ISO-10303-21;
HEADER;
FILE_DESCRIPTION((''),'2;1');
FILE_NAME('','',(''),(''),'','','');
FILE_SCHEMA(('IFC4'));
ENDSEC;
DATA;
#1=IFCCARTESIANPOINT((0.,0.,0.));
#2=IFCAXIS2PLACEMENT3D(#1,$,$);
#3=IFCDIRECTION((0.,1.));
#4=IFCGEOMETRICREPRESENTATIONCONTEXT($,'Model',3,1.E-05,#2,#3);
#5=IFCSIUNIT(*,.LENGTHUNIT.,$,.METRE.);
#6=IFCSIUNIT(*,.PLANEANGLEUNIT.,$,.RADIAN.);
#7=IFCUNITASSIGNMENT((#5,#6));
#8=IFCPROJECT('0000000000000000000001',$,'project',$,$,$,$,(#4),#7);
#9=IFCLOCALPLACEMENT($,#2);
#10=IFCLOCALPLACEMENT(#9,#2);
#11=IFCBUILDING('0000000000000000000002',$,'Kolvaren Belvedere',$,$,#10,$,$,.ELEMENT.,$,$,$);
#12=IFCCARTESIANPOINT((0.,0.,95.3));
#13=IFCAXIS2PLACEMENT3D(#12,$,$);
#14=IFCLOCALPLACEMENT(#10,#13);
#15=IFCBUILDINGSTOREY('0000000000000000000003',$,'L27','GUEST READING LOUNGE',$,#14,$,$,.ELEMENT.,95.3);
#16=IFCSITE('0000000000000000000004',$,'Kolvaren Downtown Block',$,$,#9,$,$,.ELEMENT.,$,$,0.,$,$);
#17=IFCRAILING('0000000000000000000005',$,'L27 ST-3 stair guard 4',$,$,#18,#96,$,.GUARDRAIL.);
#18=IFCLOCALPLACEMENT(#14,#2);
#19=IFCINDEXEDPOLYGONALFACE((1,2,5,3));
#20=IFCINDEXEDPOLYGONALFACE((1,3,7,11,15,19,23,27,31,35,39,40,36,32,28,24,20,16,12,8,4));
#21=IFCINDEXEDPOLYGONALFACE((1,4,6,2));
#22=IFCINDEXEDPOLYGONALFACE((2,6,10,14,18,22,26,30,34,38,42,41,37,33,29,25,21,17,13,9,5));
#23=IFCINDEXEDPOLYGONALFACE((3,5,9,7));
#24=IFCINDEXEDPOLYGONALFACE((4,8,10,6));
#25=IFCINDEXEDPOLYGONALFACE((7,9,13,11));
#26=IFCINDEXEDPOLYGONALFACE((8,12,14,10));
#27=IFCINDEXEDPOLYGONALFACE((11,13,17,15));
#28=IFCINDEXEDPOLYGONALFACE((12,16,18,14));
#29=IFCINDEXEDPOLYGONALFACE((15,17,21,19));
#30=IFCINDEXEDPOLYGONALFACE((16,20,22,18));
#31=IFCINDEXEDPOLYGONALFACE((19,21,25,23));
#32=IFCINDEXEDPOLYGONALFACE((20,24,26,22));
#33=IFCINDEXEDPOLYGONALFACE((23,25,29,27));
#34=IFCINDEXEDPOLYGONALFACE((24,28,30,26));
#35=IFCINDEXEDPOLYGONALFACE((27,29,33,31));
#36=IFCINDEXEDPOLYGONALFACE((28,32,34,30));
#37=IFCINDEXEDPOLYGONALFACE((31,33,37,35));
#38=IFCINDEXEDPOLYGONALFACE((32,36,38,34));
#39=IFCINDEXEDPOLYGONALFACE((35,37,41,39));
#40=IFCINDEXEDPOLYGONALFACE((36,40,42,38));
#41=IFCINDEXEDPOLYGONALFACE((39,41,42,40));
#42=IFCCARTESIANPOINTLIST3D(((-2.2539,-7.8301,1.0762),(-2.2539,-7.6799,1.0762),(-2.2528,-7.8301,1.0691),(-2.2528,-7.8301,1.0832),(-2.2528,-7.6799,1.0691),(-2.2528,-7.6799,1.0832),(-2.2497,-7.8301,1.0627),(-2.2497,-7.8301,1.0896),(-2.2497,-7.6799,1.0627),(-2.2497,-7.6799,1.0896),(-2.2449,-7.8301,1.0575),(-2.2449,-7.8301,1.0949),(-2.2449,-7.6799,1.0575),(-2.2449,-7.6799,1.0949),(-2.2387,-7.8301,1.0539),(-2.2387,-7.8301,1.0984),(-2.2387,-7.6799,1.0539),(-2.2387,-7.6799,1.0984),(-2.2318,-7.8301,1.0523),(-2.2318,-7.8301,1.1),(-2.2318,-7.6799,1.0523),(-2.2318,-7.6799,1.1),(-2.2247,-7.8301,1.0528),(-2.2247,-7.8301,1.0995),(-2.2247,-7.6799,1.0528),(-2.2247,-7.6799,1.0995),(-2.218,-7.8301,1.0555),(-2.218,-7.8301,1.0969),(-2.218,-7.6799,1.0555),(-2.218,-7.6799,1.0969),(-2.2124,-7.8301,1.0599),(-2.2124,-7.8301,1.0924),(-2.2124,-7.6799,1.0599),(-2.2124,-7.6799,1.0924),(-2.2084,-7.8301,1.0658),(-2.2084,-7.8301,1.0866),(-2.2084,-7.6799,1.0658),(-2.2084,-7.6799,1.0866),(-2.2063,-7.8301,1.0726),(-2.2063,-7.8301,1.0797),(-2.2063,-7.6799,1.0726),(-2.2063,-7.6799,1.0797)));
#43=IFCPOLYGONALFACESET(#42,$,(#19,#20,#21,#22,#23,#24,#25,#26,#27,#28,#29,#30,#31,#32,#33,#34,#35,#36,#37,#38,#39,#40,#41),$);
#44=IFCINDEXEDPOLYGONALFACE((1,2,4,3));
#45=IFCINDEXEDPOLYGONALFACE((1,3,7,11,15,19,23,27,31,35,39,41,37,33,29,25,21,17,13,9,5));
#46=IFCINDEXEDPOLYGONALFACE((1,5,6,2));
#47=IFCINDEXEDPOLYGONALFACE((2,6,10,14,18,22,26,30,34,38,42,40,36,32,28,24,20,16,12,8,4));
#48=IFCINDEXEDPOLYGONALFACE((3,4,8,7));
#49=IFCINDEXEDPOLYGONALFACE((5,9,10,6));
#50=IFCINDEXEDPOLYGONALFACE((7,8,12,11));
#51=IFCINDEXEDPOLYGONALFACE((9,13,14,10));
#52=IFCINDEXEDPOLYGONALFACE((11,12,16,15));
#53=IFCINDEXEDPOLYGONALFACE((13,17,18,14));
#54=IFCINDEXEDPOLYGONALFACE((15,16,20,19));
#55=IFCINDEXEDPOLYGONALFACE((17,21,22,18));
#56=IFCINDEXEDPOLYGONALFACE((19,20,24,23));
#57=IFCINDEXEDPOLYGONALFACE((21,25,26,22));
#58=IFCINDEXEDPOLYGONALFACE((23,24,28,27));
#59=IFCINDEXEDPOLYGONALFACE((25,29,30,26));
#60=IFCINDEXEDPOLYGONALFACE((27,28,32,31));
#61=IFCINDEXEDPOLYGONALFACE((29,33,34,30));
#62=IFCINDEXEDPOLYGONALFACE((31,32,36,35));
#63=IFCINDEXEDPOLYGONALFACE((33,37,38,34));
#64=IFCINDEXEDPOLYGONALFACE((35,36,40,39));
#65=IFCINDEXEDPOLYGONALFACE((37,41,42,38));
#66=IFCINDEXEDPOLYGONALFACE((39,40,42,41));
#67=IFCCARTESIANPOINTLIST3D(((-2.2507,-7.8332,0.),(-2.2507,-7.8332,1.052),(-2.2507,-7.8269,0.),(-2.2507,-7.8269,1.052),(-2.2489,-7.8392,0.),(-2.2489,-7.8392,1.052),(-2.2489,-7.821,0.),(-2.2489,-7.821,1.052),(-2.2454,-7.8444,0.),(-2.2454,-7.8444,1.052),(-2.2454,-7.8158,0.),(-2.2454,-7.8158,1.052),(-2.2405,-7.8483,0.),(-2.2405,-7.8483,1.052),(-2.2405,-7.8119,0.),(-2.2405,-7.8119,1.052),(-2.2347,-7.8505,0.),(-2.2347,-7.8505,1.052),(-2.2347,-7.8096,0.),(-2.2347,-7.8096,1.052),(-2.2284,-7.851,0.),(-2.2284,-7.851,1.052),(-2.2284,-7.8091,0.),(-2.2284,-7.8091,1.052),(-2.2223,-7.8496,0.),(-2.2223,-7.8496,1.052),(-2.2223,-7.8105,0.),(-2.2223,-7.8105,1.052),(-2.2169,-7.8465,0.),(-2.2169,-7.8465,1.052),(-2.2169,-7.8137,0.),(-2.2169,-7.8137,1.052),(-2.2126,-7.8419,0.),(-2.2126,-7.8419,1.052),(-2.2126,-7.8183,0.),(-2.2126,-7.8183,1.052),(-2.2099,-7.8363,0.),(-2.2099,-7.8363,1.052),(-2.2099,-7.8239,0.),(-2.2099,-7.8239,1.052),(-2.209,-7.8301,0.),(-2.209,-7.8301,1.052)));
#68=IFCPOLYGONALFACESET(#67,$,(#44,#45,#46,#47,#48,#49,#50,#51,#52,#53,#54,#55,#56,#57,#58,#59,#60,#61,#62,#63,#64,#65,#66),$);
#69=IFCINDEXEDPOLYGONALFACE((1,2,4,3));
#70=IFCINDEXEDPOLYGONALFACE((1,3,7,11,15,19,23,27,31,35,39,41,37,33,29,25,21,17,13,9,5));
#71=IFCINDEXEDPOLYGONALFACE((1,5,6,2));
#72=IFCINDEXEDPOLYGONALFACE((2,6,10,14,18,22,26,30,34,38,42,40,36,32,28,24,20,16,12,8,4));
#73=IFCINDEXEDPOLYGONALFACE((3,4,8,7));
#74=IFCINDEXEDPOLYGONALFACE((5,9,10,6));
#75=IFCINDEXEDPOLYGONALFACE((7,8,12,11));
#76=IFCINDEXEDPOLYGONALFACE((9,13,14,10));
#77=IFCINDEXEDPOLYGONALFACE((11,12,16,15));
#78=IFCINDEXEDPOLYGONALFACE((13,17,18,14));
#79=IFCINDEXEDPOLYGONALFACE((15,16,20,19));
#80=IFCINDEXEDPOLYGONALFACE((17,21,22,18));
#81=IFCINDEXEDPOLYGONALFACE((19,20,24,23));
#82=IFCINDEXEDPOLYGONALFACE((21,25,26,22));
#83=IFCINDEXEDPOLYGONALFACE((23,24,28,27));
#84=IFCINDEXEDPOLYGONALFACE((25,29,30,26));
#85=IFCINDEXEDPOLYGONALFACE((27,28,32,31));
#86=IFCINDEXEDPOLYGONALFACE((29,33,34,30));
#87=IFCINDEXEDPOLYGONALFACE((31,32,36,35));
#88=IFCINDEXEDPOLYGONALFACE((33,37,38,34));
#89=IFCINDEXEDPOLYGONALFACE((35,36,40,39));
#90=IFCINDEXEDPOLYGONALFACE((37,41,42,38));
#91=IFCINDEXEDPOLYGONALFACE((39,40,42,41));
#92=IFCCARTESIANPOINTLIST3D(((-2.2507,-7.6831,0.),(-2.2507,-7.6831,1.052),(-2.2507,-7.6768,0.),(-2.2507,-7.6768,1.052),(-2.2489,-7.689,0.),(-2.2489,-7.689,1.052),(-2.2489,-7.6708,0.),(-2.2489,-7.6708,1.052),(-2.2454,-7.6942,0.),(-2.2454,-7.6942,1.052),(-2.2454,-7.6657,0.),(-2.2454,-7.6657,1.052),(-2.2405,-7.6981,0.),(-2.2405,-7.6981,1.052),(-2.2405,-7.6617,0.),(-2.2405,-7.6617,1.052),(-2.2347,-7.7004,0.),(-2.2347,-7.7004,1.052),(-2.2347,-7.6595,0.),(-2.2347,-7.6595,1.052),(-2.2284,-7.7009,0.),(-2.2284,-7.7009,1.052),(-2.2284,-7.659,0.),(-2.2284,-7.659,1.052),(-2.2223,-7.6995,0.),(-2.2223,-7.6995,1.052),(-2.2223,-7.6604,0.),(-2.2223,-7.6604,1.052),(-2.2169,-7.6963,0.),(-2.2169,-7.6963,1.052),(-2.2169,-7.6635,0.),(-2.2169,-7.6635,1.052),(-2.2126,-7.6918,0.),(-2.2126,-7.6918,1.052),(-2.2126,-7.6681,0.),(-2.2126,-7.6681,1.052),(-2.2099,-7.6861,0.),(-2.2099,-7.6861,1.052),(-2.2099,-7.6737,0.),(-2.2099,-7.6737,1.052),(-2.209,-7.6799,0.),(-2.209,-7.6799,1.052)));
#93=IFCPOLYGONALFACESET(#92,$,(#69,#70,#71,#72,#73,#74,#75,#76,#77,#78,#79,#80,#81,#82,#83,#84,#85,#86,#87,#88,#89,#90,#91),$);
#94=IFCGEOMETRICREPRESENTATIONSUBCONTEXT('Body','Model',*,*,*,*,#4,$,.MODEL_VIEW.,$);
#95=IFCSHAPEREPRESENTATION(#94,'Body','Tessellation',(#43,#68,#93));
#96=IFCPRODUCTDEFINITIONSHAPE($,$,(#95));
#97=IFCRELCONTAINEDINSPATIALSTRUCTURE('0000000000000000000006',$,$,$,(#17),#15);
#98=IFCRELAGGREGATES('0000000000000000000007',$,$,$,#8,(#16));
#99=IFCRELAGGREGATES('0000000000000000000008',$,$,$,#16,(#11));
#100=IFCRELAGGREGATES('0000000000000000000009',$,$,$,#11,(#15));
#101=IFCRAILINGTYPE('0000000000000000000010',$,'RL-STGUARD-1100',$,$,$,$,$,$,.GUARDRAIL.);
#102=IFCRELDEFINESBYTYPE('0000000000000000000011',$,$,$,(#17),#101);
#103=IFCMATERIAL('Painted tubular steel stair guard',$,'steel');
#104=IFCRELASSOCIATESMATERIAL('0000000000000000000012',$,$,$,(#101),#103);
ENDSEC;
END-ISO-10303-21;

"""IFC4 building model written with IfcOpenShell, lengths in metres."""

from ifc_helpers import new_model, si_unit, direction, frame, origin, origin_2d, place, context, subcontext, project, spatial, circle, extrude, material, type_object, element, save


model = new_model("IFC4")

# Units and contexts
model_context = context("Model", 3, precision=1e-05, world=origin(), true_north=direction((0.0, 1.0)))
body_context = subcontext(model_context, "Body", "Model", "MODEL_VIEW")
ifc_project = project(units=[si_unit("LENGTHUNIT", "METRE"), si_unit("PLANEANGLEUNIT", "RADIAN")], contexts=[model_context])

# Site, building, storey
site_placement = place(None, origin())
site = spatial("IfcSite", under=ifc_project, at=site_placement, Name="Kolvaren Downtown Block", CompositionType="ELEMENT", RefElevation=0.0)
building_placement = place(site_placement, origin())
building = spatial("IfcBuilding", under=site, at=building_placement, Name="Kolvaren Belvedere", CompositionType="ELEMENT")
storey_placement = place(building_placement, frame((0.0, 0.0, 95.3)))
storey = spatial("IfcBuildingStorey", under=building, at=storey_placement, Name="L27", Description="GUEST READING LOUNGE", CompositionType="ELEMENT", Elevation=95.3)

# Railing
ifc_material_1 = material(Name="Painted tubular steel stair guard", Category="steel")
railing_type_1 = type_object("IfcRailingType", Name="RL-STGUARD-1100", PredefinedType="GUARDRAIL", material=ifc_material_1)
railing_1_placement = place(storey_placement, frame((-2.23, -7.8301, 0.0)))
element("IfcRailing", 1, at=railing_1_placement, inside=storey, type_object=railing_type_1, Name="L27 ST-3 stair guard 4", PredefinedType="GUARDRAIL", context=body_context, shape_type="SweptSolid", body=[
    extrude(circle(Radius=0.0239, at=origin_2d()), frame((0.0, 0.0, 1.0762), z_axis=(0.0, 1.0, 0.0), x_axis=(-1.0, 0.0, 0.0)), (0.0, 0.0, 1.0), 0.1501),
    extrude(circle(Radius=0.021, at=origin_2d()), origin(), (0.0, 0.0, 1.0), 1.052),
    extrude(circle(Radius=0.021, at=origin_2d()), frame((0.0, 0.1501, 0.0)), (0.0, 0.0, 1.0), 1.052),
])

save(model, "model.ifc")
